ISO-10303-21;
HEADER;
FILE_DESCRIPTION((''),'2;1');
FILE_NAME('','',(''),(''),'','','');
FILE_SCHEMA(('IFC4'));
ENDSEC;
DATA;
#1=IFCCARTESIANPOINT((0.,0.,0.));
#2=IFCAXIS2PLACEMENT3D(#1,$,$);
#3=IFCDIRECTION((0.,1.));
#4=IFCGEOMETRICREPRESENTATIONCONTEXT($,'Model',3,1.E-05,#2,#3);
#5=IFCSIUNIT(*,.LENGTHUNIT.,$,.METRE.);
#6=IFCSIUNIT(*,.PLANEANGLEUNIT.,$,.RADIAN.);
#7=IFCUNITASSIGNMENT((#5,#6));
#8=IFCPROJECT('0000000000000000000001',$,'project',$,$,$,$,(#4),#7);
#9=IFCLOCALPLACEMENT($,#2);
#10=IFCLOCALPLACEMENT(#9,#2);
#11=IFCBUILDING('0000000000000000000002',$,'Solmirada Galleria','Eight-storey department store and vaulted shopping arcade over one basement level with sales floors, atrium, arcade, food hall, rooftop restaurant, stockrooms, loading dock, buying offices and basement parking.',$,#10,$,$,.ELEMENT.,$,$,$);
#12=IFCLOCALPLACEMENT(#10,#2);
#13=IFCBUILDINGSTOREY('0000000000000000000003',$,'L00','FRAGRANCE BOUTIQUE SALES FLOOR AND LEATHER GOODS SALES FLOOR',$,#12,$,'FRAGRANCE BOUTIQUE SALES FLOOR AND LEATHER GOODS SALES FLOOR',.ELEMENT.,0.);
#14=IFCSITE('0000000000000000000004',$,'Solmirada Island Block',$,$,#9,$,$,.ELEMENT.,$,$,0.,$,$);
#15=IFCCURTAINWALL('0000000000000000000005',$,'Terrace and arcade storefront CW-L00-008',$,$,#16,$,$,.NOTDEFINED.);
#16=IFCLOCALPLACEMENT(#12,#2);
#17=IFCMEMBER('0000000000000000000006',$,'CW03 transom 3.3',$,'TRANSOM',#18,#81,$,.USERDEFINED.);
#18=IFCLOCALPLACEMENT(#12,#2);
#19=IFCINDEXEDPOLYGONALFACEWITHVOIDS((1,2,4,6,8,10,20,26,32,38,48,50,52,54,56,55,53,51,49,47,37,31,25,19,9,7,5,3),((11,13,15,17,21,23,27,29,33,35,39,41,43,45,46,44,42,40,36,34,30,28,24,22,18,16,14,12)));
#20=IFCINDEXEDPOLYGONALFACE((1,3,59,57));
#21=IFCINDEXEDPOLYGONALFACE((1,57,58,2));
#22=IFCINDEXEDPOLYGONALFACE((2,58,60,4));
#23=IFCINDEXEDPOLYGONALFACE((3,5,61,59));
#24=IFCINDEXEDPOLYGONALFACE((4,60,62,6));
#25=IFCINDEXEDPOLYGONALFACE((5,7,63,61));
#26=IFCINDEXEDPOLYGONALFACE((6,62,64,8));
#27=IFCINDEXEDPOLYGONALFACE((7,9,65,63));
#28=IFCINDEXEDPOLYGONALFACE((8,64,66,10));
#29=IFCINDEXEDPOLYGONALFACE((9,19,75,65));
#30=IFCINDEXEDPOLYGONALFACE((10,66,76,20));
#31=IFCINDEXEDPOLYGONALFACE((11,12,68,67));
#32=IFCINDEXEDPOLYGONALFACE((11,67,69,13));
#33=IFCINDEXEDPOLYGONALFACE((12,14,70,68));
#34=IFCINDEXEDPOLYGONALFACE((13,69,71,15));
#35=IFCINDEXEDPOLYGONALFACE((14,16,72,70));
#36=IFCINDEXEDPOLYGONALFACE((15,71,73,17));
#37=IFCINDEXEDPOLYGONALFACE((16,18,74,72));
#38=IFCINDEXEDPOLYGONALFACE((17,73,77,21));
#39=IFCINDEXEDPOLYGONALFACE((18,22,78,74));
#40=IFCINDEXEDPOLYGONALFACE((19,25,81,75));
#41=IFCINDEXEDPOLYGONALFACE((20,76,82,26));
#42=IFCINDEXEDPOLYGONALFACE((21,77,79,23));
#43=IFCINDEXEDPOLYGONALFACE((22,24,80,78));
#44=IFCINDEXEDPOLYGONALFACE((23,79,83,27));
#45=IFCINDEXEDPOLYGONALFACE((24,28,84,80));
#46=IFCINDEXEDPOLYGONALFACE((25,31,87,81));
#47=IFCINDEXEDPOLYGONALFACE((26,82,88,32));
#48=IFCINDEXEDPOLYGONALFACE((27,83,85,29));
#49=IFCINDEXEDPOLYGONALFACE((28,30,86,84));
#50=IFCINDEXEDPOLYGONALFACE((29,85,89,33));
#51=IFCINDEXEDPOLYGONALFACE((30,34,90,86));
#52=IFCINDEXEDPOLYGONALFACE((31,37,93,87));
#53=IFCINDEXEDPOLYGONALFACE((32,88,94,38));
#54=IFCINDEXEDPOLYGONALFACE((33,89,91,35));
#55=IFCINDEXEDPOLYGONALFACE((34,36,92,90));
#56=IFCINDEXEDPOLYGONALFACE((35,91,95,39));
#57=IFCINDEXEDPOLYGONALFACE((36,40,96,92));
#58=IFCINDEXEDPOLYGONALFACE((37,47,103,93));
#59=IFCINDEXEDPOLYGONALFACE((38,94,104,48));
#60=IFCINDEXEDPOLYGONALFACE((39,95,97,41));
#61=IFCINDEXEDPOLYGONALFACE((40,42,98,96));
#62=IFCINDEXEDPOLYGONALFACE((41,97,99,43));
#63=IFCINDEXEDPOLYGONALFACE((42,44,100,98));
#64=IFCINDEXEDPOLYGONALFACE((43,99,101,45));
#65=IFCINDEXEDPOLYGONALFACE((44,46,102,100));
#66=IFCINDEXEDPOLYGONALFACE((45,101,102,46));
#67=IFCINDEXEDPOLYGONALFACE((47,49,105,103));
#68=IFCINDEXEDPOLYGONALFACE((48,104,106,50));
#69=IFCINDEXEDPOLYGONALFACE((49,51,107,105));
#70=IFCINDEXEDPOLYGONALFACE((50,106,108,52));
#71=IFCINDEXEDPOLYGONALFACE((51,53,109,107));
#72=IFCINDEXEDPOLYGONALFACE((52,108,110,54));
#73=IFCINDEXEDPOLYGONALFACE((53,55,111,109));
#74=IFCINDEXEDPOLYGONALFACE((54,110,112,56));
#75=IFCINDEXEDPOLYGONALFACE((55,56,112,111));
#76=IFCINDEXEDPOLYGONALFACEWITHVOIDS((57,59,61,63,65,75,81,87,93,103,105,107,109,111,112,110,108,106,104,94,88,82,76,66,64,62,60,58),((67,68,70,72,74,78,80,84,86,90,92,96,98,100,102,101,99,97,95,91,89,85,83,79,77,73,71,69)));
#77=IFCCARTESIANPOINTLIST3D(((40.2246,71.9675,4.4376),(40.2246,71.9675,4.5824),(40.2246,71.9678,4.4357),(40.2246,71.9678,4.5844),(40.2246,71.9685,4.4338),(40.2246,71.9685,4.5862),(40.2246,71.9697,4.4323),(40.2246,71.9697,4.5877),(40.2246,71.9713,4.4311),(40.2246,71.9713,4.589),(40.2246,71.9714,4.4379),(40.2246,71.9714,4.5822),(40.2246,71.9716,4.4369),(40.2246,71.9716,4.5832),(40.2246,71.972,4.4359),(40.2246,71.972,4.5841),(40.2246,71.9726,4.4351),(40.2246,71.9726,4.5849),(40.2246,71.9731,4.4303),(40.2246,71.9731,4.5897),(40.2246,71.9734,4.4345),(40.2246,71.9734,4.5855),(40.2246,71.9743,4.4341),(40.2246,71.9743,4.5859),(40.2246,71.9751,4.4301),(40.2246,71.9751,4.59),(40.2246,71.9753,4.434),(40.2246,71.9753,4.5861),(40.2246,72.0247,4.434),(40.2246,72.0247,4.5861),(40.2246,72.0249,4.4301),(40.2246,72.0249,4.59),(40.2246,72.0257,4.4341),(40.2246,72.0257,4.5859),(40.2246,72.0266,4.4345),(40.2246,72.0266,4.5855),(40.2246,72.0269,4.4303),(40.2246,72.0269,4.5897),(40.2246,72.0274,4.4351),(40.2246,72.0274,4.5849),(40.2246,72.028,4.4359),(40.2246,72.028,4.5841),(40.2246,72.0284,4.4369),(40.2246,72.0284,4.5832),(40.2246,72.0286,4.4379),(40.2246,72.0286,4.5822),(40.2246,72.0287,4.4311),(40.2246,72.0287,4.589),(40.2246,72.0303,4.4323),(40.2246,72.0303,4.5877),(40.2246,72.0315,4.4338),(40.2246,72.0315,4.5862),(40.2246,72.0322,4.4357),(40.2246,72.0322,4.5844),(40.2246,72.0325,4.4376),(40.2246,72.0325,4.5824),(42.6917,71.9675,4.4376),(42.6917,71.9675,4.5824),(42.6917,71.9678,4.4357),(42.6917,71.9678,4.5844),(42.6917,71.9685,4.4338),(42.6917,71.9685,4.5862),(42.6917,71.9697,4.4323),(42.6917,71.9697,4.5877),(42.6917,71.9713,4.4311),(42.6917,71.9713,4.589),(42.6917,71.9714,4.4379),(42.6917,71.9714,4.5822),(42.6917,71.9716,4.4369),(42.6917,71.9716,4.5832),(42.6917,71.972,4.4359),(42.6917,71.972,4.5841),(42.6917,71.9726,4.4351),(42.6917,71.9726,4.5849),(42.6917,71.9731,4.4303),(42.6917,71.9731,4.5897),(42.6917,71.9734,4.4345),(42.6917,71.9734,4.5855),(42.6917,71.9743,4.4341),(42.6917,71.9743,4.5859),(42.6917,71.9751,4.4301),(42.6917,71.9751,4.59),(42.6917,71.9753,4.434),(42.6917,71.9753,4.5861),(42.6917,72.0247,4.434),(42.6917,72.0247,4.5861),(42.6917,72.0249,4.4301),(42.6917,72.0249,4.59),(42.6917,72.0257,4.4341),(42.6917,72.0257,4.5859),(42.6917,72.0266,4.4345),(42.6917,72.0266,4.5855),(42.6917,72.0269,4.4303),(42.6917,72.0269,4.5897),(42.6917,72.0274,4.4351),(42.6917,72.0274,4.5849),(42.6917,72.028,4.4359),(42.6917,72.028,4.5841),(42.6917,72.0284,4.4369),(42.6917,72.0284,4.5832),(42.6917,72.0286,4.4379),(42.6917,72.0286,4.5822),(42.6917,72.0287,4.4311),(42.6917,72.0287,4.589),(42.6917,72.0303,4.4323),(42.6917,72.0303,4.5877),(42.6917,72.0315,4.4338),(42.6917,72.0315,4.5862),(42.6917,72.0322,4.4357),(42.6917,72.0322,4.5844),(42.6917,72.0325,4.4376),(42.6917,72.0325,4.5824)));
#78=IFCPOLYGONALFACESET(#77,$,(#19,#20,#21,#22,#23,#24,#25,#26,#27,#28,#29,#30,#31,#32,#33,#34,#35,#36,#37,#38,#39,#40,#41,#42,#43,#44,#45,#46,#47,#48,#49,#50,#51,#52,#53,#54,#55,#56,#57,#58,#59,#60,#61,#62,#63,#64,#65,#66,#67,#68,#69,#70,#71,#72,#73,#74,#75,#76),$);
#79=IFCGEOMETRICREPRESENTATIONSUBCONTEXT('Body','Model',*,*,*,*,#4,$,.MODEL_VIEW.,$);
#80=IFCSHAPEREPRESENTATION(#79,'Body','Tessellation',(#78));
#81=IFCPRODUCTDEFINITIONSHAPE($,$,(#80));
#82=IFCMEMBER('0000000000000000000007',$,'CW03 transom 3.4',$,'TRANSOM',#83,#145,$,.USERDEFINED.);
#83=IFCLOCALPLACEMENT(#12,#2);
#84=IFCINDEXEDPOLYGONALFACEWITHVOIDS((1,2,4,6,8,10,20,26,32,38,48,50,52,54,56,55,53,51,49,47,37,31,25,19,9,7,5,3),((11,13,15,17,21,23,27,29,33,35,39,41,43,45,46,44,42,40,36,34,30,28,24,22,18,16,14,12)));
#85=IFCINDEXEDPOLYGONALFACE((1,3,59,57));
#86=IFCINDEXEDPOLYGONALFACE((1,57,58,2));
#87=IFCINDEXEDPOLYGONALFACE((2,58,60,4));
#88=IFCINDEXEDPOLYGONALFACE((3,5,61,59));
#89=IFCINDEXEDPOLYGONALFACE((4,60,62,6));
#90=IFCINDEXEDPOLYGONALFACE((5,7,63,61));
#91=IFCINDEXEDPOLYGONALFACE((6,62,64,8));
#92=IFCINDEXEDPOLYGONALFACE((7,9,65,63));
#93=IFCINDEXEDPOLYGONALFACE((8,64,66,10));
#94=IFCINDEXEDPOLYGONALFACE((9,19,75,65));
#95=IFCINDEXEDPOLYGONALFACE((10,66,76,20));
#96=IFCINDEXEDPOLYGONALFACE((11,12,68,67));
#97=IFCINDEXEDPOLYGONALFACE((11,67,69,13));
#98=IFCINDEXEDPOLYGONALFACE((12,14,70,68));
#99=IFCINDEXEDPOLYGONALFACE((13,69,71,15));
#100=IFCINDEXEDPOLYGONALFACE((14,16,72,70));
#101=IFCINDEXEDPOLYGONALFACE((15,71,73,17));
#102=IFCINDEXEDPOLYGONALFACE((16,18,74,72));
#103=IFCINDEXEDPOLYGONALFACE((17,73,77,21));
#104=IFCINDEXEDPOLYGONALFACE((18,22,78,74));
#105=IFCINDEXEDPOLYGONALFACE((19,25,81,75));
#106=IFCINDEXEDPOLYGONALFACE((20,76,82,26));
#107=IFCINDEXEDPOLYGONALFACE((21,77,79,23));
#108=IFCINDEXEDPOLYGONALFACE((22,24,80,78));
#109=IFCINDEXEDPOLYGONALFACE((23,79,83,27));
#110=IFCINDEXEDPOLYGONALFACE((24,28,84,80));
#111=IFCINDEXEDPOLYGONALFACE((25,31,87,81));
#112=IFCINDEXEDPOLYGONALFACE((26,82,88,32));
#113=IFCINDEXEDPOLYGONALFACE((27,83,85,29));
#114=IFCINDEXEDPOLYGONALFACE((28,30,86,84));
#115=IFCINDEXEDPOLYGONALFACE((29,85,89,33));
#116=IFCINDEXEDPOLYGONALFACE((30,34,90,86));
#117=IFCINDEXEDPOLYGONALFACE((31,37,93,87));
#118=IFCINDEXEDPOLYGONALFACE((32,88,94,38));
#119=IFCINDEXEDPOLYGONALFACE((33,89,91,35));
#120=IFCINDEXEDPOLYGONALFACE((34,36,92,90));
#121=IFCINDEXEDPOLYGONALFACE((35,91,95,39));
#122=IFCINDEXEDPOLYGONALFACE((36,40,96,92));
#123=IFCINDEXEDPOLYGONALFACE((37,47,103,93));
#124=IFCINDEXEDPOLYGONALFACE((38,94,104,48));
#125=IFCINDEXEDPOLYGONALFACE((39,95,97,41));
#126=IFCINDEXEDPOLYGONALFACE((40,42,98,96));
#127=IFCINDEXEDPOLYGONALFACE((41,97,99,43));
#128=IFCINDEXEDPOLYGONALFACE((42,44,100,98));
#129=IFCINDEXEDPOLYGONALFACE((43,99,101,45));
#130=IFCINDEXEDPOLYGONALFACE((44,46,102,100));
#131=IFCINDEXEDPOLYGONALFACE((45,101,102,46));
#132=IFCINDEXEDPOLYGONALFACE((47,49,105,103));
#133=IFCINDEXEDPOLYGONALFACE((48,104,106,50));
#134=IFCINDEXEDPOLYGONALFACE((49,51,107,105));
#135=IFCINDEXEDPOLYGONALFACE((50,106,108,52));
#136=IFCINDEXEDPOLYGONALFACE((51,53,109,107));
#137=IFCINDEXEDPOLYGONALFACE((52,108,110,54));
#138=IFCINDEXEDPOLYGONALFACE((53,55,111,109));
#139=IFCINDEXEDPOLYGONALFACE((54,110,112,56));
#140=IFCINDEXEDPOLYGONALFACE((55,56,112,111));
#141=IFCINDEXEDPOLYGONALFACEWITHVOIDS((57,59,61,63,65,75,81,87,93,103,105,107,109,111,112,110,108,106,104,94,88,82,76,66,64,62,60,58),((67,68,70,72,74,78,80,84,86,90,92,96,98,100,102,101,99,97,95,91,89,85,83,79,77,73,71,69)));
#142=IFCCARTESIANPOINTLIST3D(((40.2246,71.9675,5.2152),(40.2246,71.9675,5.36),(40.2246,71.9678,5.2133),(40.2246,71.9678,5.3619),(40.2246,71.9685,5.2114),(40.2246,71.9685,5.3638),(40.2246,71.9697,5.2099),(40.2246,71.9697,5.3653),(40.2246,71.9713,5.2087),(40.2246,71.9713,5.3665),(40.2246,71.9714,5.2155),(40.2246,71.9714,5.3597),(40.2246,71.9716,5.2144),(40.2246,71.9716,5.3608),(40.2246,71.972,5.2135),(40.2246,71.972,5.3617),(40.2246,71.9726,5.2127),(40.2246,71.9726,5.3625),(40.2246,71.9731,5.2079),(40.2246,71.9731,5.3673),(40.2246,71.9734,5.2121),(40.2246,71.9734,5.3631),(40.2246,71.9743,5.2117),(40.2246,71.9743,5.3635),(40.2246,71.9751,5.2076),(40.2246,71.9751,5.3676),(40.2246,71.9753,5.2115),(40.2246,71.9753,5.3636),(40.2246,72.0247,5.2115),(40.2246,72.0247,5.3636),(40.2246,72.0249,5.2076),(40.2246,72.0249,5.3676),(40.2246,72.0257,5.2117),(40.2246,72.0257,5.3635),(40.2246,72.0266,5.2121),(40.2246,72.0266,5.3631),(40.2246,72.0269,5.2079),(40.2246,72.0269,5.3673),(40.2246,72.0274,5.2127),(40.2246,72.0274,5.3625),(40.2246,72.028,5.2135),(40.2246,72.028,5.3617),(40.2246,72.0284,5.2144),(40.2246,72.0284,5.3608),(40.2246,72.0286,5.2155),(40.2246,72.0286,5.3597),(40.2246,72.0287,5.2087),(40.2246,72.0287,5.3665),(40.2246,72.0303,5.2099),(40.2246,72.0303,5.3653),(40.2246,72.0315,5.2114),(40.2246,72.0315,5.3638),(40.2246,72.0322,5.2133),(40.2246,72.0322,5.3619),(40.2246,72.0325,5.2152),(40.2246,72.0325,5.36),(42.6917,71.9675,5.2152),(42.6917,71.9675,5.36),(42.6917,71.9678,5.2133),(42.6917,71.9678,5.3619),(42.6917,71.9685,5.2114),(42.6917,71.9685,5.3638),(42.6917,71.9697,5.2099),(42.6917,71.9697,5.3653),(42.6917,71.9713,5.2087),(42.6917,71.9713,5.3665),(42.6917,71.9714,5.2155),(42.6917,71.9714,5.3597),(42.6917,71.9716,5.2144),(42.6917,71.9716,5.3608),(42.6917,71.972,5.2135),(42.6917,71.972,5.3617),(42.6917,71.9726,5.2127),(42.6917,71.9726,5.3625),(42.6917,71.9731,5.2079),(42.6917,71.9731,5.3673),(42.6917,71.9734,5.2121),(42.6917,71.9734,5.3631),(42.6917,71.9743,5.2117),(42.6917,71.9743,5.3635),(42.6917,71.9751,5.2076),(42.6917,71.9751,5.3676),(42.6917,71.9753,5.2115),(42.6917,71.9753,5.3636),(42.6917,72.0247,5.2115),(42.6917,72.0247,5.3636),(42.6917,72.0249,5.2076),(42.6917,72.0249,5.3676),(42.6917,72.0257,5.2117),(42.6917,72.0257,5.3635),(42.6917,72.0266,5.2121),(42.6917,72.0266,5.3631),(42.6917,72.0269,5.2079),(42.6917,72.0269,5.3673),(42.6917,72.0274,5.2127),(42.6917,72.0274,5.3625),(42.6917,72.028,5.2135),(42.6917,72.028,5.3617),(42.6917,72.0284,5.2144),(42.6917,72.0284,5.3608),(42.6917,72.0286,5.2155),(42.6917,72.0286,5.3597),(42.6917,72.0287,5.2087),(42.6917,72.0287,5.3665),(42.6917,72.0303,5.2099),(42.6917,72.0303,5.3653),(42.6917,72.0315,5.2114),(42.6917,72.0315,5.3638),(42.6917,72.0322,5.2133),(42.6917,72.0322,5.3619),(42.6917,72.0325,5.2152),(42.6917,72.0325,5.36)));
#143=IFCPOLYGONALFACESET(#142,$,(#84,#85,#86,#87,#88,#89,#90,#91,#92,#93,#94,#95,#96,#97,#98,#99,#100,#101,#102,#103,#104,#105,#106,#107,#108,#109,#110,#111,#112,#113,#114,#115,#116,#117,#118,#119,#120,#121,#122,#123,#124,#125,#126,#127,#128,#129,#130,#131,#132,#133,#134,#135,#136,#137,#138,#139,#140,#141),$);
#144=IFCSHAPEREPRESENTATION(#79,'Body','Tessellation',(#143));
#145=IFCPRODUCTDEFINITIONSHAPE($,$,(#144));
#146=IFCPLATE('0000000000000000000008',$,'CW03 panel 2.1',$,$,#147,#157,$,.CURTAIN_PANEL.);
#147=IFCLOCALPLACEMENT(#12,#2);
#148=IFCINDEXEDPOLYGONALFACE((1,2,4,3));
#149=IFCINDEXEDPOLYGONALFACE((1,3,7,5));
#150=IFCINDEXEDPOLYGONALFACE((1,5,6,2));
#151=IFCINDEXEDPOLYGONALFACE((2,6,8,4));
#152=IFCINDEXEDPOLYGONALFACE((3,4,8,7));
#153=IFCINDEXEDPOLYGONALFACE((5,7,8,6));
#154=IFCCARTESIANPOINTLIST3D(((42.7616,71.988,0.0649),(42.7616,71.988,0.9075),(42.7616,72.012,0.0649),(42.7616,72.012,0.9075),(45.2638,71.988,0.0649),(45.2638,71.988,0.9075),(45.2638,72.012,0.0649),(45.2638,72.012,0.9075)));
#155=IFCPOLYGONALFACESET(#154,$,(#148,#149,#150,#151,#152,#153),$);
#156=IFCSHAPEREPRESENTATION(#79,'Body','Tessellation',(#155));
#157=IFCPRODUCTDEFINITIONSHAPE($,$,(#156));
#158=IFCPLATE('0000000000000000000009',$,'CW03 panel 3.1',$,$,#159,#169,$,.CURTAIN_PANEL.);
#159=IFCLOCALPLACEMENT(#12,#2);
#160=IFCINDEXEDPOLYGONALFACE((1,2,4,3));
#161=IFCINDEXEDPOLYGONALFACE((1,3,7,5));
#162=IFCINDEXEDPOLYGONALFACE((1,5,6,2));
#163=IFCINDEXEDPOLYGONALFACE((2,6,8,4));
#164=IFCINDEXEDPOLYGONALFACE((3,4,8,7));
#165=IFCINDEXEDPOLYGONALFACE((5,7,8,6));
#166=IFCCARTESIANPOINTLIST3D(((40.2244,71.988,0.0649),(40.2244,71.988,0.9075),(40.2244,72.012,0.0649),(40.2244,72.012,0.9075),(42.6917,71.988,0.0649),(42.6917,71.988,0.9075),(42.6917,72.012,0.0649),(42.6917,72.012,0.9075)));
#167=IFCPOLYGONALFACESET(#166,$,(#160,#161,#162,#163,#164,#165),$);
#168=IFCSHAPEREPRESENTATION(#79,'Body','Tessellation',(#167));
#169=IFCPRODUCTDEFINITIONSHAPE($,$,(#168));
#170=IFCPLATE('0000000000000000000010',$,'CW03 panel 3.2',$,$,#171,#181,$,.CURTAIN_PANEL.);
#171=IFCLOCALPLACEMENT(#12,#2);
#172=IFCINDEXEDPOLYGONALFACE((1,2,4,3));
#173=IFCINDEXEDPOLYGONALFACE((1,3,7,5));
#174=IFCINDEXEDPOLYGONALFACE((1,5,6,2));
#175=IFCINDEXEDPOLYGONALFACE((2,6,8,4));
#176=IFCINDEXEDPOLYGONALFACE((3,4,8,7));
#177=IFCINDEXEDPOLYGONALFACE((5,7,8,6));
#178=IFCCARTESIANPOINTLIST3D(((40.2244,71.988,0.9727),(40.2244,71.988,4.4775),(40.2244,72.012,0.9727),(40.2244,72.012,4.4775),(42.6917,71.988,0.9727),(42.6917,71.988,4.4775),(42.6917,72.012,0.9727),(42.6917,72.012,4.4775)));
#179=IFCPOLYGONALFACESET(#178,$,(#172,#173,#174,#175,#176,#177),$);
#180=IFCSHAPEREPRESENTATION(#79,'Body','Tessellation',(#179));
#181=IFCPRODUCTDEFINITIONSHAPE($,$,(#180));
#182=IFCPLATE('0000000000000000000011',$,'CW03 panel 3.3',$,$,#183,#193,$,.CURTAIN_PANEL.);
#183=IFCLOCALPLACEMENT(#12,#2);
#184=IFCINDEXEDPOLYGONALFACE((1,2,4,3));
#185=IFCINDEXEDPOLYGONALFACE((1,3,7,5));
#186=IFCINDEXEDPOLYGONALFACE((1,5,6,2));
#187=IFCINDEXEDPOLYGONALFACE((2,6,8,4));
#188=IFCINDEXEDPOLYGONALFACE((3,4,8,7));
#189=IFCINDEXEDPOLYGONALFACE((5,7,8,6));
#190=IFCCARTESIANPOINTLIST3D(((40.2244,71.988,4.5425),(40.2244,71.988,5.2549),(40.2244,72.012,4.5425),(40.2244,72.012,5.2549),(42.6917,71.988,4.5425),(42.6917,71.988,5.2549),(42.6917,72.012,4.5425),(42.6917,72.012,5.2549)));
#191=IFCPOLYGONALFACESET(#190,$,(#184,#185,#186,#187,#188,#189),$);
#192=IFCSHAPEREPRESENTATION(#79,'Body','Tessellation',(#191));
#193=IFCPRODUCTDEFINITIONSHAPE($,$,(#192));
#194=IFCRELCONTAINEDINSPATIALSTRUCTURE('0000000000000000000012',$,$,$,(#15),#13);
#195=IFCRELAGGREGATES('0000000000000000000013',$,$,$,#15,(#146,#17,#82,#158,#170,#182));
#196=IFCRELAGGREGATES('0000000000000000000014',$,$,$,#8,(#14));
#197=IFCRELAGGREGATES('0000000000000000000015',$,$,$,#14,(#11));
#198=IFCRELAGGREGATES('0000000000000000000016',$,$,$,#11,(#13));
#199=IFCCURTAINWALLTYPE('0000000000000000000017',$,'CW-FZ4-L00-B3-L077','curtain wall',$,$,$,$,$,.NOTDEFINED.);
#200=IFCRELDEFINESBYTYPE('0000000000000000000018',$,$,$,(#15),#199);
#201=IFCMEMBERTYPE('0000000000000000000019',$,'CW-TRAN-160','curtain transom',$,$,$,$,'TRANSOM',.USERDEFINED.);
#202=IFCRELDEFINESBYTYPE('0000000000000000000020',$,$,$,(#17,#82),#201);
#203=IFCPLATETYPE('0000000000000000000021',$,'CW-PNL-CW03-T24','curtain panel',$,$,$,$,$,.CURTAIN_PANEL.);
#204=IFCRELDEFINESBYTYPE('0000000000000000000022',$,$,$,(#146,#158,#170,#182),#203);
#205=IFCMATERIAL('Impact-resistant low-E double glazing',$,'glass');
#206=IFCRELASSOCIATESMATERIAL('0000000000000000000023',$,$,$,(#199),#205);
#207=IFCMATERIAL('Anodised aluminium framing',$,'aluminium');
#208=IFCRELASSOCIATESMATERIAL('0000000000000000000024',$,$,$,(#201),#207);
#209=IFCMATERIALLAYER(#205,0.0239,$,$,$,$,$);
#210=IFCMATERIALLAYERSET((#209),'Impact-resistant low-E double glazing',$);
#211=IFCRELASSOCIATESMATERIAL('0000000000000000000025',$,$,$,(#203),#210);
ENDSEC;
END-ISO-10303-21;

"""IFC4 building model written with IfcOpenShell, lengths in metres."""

from ifc_helpers import new_model, si_unit, direction, frame, origin, origin_2d, place, context, subcontext, project, spatial, rectangle, hollow_rectangle, extrude, material, layer, layer_set, material_profile, profile_set, type_object, element, aggregate, save


model = new_model("IFC4")

# Units and contexts
model_context = context("Model", 3, precision=1e-05, world=origin(), true_north=direction((0.0, 1.0)))
body_context = subcontext(model_context, "Body", "Model", "MODEL_VIEW")
ifc_project = project(units=[si_unit("LENGTHUNIT", "METRE"), si_unit("PLANEANGLEUNIT", "RADIAN")], contexts=[model_context])

# Site, building, storey
site_placement = place(None, origin())
site = spatial("IfcSite", under=ifc_project, at=site_placement, Name="Solmirada Island Block", CompositionType="ELEMENT", RefElevation=0.0)
building_placement = place(site_placement, origin())
building = spatial("IfcBuilding", under=site, at=building_placement, Name="Solmirada Galleria", Description="Eight-storey department store and vaulted shopping arcade over one basement level with sales floors, atrium, arcade, food hall, rooftop restaurant, stockrooms, loading dock, buying offices and basement parking.", CompositionType="ELEMENT")
storey_placement = place(building_placement, origin())
storey = spatial("IfcBuildingStorey", under=building, at=storey_placement, Name="L00", Description="FRAGRANCE BOUTIQUE SALES FLOOR AND LEATHER GOODS SALES FLOOR", LongName="FRAGRANCE BOUTIQUE SALES FLOOR AND LEATHER GOODS SALES FLOOR", CompositionType="ELEMENT", Elevation=0.0)

# Curtain wall, members, plates
ifc_material_1 = material(Name="Impact-resistant low-E double glazing", Category="glass")
curtain_wall_type = type_object("IfcCurtainWallType", Name="CW-FZ4-L00-B3-L077", Description="curtain wall", PredefinedType="NOTDEFINED", material=ifc_material_1)
curtain_wall_placement = place(storey_placement, origin())
curtain_wall = element("IfcCurtainWall", 1, at=curtain_wall_placement, inside=storey, type_object=curtain_wall_type, Name="Terrace and arcade storefront CW-L00-008", PredefinedType="NOTDEFINED")
ifc_material_2 = material(Name="Anodised aluminium framing", Category="aluminium")
ifc_material_profile_1 = material_profile(ifc_material_2, hollow_rectangle(XDim=0.0649, YDim=0.1599, WallThickness=0.0039, InnerFilletRadius=0.0039, OuterFilletRadius=0.0076, at=origin_2d()), Name="ALU-TRAN-160X65")
ifc_profile_set_1 = profile_set([ifc_material_profile_1], Name="Anodised aluminium framing")
member_type_1 = type_object("IfcMemberType", Name="CW-TRAN-160", Description="curtain transom", ElementType="TRANSOM", PredefinedType="USERDEFINED", material=ifc_profile_set_1)
member_1_placement = place(storey_placement, frame((42.6917, 72.0, 4.51), z_axis=(-1.0, 0.0, 0.0), x_axis=(0.0, -1.0, 0.0)))
member_1 = element("IfcMember", 2, at=member_1_placement, type_object=member_type_1, Name="CW03 transom 3.3", ObjectType="TRANSOM", PredefinedType="USERDEFINED", context=body_context, shape_type="SweptSolid", body=[
    extrude(hollow_rectangle(XDim=0.0649, YDim=0.1599, WallThickness=0.0039, InnerFilletRadius=0.0039, OuterFilletRadius=0.0076, at=origin_2d()), origin(), (0.0, 0.0, 1.0), 2.467),
])
member_2_placement = place(storey_placement, frame((42.6917, 72.0, 5.2876), z_axis=(-1.0, 0.0, 0.0), x_axis=(0.0, -1.0, 0.0)))
member_2 = element("IfcMember", 3, at=member_2_placement, type_object=member_type_1, Name="CW03 transom 3.4", ObjectType="TRANSOM", PredefinedType="USERDEFINED", context=body_context, shape_type="SweptSolid", body=[
    extrude(hollow_rectangle(XDim=0.0649, YDim=0.1599, WallThickness=0.0039, InnerFilletRadius=0.0039, OuterFilletRadius=0.0076, at=origin_2d()), origin(), (0.0, 0.0, 1.0), 2.467),
])
ifc_layer_1 = layer(ifc_material_1, 0.0239)
ifc_layer_set_1 = layer_set([ifc_layer_1], Name="Impact-resistant low-E double glazing")
plate_type = type_object("IfcPlateType", Name="CW-PNL-CW03-T24", Description="curtain panel", PredefinedType="CURTAIN_PANEL", material=ifc_layer_set_1)
plate_1_placement = place(storey_placement, frame((44.0127, 72.0, 0.0649), z_axis=(0.0, 0.0, 1.0), x_axis=(-1.0, 0.0, 0.0)))
plate_1 = element("IfcPlate", 4, at=plate_1_placement, type_object=plate_type, Name="CW03 panel 2.1", PredefinedType="CURTAIN_PANEL", context=body_context, shape_type="SweptSolid", body=[
    extrude(rectangle(XDim=2.5022, YDim=0.0239, at=origin_2d()), origin(), (0.0, 0.0, 1.0), 0.8425),
])
plate_2_placement = place(storey_placement, frame((41.458, 72.0, 0.0649), z_axis=(0.0, 0.0, 1.0), x_axis=(-1.0, 0.0, 0.0)))
plate_2 = element("IfcPlate", 5, at=plate_2_placement, type_object=plate_type, Name="CW03 panel 3.1", PredefinedType="CURTAIN_PANEL", context=body_context, shape_type="SweptSolid", body=[
    extrude(rectangle(XDim=2.4673, YDim=0.0239, at=origin_2d()), origin(), (0.0, 0.0, 1.0), 0.8425),
])
plate_3_placement = place(storey_placement, frame((41.458, 72.0, 0.9727), z_axis=(0.0, 0.0, 1.0), x_axis=(-1.0, 0.0, 0.0)))
plate_3 = element("IfcPlate", 6, at=plate_3_placement, type_object=plate_type, Name="CW03 panel 3.2", PredefinedType="CURTAIN_PANEL", context=body_context, shape_type="SweptSolid", body=[
    extrude(rectangle(XDim=2.4673, YDim=0.0239, at=origin_2d()), origin(), (0.0, 0.0, 1.0), 3.5049),
])
plate_4_placement = place(storey_placement, frame((41.458, 72.0, 4.5425), z_axis=(0.0, 0.0, 1.0), x_axis=(-1.0, 0.0, 0.0)))
plate_4 = element("IfcPlate", 7, at=plate_4_placement, type_object=plate_type, Name="CW03 panel 3.3", PredefinedType="CURTAIN_PANEL", context=body_context, shape_type="SweptSolid", body=[
    extrude(rectangle(XDim=2.4673, YDim=0.0239, at=origin_2d()), origin(), (0.0, 0.0, 1.0), 0.7124),
])
aggregate(curtain_wall, [plate_1, member_1, member_2, plate_2, plate_3, plate_4])

save(model, "model.ifc")
